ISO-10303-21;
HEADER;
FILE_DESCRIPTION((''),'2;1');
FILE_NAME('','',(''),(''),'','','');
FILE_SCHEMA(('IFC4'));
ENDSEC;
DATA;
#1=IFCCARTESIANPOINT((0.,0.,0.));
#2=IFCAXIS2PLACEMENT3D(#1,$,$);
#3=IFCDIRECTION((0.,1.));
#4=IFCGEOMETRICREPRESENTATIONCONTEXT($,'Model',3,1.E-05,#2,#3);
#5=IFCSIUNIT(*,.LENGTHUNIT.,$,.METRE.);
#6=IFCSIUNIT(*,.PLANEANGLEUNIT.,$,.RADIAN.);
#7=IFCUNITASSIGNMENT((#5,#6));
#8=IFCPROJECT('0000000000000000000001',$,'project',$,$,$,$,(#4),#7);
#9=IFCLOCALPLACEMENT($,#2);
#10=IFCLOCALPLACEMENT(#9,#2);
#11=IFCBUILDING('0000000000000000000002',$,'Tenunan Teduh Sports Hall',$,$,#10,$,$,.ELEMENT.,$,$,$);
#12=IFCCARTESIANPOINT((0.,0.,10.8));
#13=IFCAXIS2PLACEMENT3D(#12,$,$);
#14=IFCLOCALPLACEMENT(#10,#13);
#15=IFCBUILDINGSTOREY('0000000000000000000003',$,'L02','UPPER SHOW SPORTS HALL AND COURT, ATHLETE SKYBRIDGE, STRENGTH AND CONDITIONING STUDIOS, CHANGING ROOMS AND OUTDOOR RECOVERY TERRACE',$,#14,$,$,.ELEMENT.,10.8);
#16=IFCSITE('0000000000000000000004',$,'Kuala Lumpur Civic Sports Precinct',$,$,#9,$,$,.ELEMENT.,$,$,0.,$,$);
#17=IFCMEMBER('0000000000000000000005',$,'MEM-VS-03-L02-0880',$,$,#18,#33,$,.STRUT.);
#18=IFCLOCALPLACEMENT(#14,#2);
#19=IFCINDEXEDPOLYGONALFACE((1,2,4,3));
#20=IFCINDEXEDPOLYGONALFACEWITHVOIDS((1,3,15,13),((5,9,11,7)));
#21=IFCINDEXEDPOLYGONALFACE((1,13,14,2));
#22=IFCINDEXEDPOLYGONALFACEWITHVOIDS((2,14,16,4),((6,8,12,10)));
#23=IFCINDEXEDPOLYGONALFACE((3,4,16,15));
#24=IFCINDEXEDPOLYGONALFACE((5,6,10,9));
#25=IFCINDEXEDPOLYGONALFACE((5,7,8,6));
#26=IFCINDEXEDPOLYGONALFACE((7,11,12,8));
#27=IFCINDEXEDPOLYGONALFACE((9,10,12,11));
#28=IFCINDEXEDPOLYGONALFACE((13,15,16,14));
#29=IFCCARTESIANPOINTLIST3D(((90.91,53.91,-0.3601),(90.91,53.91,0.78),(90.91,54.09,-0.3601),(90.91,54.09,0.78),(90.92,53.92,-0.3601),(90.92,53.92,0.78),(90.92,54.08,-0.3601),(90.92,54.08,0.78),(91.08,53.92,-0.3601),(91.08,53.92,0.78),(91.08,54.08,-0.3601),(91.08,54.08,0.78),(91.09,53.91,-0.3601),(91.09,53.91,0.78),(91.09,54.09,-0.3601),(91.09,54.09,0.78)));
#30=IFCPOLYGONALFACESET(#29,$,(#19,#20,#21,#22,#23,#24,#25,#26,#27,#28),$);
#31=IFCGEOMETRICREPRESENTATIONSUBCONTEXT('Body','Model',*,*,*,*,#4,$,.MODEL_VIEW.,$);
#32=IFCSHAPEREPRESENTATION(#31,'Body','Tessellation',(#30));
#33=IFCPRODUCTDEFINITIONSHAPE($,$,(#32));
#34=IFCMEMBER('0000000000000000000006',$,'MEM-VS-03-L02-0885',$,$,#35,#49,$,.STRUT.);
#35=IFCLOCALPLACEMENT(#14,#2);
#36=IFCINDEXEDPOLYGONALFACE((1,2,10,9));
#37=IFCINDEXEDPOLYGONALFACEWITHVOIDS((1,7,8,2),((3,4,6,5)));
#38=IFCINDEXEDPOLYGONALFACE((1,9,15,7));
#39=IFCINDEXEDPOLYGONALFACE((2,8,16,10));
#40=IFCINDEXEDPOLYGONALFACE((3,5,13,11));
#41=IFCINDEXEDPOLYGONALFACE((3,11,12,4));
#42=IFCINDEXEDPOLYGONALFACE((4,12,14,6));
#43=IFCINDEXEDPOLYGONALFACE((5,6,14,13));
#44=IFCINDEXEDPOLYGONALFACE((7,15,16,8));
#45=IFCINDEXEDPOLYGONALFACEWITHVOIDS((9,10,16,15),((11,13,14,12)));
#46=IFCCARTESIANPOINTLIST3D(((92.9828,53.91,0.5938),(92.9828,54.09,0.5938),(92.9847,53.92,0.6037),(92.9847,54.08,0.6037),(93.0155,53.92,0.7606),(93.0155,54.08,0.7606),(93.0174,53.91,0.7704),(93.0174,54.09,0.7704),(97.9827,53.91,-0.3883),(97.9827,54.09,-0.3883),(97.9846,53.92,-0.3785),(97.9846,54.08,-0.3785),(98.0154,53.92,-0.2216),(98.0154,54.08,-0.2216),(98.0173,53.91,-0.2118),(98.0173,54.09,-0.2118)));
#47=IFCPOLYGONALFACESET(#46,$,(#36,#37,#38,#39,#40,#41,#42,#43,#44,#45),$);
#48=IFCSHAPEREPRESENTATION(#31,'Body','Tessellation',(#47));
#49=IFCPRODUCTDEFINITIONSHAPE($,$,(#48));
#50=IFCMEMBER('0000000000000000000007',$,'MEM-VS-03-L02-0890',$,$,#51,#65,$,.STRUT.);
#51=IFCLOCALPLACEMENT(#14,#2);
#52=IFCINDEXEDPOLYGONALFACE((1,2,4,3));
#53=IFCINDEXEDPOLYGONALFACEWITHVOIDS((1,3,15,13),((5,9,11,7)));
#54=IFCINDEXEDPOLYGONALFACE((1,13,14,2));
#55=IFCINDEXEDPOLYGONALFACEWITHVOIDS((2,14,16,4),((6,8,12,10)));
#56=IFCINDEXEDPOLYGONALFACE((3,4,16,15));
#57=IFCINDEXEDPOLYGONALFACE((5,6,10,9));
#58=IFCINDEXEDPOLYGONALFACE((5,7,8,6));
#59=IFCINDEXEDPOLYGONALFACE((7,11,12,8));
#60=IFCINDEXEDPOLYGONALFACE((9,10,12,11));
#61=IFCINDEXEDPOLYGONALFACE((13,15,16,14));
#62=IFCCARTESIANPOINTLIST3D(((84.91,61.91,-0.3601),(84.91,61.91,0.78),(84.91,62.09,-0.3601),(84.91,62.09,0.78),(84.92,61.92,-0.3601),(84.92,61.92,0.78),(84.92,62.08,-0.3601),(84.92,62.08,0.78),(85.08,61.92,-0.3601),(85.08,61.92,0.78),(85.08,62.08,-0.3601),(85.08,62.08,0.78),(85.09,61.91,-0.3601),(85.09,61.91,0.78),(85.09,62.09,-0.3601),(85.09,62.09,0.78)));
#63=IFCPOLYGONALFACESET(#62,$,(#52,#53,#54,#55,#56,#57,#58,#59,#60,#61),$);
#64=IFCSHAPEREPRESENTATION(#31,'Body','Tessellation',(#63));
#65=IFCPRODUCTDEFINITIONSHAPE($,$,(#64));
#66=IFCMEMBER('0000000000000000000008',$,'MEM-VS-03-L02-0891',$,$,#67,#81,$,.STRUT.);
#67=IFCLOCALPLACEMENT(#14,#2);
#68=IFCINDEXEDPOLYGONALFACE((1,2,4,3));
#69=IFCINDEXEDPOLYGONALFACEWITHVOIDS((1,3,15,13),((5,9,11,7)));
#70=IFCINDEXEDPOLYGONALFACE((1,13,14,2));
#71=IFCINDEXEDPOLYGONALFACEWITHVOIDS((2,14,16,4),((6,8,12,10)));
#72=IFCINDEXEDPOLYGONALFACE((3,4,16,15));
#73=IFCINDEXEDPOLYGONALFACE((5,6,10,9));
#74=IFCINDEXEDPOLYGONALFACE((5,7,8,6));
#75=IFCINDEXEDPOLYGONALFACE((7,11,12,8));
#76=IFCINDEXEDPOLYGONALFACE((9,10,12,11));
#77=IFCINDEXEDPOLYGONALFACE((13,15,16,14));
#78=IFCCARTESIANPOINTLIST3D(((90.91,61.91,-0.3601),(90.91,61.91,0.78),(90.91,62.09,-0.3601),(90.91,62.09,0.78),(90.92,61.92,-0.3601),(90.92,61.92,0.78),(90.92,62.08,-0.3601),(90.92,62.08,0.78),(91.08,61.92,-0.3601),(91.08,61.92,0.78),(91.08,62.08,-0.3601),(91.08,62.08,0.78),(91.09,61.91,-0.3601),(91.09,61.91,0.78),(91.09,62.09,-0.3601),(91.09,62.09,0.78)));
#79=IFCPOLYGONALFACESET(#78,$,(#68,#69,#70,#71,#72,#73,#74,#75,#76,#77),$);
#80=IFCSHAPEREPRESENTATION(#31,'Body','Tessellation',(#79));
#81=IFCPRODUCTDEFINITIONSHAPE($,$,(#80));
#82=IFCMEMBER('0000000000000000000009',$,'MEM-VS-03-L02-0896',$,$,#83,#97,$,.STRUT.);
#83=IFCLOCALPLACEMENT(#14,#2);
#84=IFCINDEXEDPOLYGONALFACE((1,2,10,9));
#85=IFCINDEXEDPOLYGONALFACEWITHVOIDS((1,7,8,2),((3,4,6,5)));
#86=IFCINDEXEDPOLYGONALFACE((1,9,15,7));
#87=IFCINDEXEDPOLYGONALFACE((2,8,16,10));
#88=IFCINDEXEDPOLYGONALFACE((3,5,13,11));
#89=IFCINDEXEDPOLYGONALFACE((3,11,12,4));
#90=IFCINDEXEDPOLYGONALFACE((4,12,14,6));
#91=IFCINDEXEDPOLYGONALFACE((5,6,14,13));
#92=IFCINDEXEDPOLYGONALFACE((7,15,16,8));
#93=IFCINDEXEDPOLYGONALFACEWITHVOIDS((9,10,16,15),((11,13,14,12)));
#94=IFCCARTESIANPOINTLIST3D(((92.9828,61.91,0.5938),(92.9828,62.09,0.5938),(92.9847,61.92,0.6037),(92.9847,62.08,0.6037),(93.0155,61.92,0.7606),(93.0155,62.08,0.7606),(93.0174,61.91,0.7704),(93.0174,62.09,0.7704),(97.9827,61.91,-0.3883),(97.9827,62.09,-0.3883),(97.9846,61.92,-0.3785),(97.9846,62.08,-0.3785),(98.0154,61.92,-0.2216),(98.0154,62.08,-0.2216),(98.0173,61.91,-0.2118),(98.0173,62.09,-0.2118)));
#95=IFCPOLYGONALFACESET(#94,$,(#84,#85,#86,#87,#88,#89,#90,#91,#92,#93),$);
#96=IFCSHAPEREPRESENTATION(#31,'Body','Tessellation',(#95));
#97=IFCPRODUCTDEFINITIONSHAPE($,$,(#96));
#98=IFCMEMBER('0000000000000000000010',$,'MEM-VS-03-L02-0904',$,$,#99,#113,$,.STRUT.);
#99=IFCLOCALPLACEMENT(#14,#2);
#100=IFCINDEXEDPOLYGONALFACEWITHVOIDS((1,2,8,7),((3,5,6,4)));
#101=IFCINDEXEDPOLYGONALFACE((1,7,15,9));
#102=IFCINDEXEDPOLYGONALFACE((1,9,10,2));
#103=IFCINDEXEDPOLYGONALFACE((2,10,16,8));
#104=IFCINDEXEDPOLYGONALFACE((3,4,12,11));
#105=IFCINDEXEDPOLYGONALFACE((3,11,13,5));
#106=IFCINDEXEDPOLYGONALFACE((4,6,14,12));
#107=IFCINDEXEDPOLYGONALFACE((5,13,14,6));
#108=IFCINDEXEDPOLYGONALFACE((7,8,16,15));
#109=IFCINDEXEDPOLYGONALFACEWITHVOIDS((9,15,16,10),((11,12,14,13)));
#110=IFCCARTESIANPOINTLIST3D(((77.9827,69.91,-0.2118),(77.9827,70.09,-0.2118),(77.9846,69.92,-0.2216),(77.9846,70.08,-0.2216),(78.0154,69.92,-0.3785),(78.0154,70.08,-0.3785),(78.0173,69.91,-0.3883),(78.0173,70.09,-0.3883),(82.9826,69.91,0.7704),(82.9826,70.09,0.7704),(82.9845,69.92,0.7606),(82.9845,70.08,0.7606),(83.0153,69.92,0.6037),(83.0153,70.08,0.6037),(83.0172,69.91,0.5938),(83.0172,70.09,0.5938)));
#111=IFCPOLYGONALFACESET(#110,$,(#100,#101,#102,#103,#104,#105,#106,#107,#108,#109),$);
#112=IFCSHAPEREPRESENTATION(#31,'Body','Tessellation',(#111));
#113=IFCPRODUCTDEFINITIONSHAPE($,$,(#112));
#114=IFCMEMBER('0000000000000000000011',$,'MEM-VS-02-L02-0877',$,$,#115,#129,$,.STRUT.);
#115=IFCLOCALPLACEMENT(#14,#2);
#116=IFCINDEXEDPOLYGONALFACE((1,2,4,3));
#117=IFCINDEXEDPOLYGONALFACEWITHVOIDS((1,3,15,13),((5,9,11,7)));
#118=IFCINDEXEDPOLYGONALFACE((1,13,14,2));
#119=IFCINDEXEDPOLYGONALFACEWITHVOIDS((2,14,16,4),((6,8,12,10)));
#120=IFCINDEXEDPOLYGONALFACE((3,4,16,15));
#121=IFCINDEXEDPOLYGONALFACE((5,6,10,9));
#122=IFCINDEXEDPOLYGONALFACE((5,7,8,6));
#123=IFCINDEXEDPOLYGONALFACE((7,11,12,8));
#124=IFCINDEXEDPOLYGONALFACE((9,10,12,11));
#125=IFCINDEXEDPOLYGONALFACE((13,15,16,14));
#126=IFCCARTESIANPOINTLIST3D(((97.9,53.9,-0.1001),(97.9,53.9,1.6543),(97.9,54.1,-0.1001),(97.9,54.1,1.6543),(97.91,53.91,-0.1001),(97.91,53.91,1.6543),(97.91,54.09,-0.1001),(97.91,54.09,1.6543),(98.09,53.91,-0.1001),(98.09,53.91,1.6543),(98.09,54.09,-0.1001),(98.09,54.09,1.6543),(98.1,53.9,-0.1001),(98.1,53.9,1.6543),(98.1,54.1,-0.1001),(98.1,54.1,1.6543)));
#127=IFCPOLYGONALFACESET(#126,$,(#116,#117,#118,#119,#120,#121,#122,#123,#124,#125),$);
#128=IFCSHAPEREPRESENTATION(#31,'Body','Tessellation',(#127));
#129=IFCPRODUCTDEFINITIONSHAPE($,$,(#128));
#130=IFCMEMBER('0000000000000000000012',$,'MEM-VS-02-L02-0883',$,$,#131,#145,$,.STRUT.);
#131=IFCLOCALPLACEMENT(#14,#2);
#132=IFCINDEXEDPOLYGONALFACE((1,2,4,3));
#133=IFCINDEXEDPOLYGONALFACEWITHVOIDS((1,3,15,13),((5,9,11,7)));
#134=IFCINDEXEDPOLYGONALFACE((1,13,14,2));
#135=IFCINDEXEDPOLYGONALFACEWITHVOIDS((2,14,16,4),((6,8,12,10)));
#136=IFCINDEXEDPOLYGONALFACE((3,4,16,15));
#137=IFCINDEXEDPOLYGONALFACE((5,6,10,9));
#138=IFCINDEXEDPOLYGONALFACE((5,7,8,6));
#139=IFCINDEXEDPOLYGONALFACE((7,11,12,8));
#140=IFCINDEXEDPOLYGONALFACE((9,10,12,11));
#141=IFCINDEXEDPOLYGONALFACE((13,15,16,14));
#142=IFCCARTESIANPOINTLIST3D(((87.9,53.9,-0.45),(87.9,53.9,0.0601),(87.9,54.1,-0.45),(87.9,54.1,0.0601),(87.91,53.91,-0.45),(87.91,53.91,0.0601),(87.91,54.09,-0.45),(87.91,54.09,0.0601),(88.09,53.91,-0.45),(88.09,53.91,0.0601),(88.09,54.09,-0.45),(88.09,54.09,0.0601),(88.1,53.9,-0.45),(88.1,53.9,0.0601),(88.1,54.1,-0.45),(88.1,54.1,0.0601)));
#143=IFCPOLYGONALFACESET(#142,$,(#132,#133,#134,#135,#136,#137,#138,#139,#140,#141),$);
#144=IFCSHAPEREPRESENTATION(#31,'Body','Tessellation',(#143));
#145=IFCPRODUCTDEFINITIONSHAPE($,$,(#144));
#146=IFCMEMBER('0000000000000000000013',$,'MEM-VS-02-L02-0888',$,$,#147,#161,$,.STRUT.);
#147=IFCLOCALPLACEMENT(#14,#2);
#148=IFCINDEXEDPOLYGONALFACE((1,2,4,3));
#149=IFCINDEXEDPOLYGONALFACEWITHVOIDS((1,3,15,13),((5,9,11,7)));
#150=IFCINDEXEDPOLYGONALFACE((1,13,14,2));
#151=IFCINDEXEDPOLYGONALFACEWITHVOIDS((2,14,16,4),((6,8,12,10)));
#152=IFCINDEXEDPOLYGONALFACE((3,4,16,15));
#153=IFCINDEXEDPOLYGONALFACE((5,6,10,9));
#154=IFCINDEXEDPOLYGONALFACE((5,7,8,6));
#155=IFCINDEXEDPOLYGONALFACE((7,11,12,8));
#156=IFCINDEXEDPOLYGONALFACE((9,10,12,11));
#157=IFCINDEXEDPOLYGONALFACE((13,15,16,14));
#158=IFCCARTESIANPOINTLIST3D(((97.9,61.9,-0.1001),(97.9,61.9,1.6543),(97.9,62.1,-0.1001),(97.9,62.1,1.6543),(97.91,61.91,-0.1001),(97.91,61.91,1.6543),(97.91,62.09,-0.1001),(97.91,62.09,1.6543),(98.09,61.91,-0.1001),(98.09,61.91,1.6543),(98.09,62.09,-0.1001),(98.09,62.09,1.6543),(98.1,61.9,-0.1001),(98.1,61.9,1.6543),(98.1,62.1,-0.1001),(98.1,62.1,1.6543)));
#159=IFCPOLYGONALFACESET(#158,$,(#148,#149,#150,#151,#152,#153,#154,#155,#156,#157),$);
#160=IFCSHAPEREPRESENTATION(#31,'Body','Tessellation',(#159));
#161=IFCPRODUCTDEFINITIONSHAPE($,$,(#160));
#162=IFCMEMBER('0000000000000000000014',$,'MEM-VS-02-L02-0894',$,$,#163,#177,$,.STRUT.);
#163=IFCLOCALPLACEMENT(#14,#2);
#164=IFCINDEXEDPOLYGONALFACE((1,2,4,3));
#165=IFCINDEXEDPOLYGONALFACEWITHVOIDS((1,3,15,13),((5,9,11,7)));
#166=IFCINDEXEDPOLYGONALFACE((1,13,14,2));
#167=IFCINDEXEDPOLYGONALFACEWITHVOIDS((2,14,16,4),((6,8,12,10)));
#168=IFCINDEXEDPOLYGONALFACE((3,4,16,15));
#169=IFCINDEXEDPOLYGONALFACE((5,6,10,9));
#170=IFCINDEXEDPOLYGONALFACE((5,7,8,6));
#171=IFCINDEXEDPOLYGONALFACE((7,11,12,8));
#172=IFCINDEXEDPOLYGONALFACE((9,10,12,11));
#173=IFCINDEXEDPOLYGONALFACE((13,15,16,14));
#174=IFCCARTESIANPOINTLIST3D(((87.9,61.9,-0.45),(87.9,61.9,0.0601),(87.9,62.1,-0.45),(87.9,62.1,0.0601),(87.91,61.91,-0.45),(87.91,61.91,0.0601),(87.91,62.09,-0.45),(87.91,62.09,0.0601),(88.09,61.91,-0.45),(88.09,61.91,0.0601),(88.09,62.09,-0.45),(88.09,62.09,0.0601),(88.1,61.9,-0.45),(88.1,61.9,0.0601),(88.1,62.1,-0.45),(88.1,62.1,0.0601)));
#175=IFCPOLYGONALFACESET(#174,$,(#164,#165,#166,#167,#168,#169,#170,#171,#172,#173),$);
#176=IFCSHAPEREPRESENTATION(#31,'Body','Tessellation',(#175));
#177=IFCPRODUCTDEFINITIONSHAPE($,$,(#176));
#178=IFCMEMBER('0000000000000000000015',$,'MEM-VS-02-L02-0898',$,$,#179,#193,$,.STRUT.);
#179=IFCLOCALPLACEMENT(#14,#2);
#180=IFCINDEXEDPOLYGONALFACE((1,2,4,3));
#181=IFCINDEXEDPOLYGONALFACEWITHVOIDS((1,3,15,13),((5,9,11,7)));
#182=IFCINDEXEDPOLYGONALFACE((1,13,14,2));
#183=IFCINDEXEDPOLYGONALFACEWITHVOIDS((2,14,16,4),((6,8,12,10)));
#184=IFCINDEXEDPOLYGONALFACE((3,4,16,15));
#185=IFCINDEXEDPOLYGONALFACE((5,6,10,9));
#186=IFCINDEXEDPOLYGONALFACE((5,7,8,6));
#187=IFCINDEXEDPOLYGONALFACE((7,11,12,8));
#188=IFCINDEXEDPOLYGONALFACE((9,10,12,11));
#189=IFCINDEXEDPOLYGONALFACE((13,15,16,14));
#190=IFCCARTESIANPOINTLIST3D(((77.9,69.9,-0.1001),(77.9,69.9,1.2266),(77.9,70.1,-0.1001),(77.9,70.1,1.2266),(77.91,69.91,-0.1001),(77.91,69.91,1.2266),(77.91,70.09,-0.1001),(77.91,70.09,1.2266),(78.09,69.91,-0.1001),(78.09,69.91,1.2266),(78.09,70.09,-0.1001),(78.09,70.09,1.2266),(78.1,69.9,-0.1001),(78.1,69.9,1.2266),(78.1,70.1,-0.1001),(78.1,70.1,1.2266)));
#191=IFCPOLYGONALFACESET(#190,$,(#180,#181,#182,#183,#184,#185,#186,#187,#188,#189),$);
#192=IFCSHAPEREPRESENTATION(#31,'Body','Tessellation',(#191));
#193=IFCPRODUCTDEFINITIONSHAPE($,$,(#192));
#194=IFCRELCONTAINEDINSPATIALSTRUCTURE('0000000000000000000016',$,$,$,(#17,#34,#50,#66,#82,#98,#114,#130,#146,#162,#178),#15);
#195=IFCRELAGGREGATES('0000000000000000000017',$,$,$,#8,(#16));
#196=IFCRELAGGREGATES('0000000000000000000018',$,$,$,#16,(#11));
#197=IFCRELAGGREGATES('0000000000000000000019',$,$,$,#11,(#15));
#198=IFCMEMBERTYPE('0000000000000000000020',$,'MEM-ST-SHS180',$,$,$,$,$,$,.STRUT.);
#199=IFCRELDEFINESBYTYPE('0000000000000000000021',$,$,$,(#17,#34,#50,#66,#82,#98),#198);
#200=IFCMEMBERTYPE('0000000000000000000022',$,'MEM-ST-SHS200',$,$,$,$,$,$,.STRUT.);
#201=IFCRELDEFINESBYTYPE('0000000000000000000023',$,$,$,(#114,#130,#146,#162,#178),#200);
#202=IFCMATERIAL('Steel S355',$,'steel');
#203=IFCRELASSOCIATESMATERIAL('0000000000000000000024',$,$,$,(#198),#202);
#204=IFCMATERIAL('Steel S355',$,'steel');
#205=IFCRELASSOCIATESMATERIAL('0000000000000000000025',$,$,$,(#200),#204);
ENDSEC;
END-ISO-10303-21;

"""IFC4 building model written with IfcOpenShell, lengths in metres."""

from ifc_helpers import new_model, si_unit, direction, frame, origin, origin_2d, place, context, subcontext, project, spatial, hollow_rectangle, extrude, material, material_profile, profile_set, type_object, element, save


model = new_model("IFC4")

# Units and contexts
model_context = context("Model", 3, precision=1e-05, world=origin(), true_north=direction((0.0, 1.0)))
body_context = subcontext(model_context, "Body", "Model", "MODEL_VIEW")
ifc_project = project(units=[si_unit("LENGTHUNIT", "METRE"), si_unit("PLANEANGLEUNIT", "RADIAN")], contexts=[model_context])

# Site, building, storey
site_placement = place(None, origin())
site = spatial("IfcSite", under=ifc_project, at=site_placement, Name="Kuala Lumpur Civic Sports Precinct", CompositionType="ELEMENT", RefElevation=0.0)
building_placement = place(site_placement, origin())
building = spatial("IfcBuilding", under=site, at=building_placement, Name="Tenunan Teduh Sports Hall", CompositionType="ELEMENT")
storey_placement = place(building_placement, frame((0.0, 0.0, 10.8)))
storey = spatial("IfcBuildingStorey", under=building, at=storey_placement, Name="L02", Description="UPPER SHOW SPORTS HALL AND COURT, ATHLETE SKYBRIDGE, STRENGTH AND CONDITIONING STUDIOS, CHANGING ROOMS AND OUTDOOR RECOVERY TERRACE", CompositionType="ELEMENT", Elevation=10.8)

# Members
ifc_material_1 = material(Name="Steel S355", Category="steel")
ifc_material_profile_1 = material_profile(ifc_material_1, hollow_rectangle(XDim=0.1799, YDim=0.1799, WallThickness=0.01, at=origin_2d()), Name="SHS 180x180x10.0")
ifc_profile_set_1 = profile_set([ifc_material_profile_1], Name="Steel S355")
member_type_1 = type_object("IfcMemberType", Name="MEM-ST-SHS180", PredefinedType="STRUT", material=ifc_profile_set_1)
member_1_placement = place(storey_placement, frame((91.0, 54.0, -0.3601), z_axis=(0.0, 0.0, 1.0), x_axis=(1.0, 0.0, 0.0)))
element("IfcMember", 1, at=member_1_placement, inside=storey, type_object=member_type_1, Name="MEM-VS-03-L02-0880", PredefinedType="STRUT", context=body_context, shape_type="SweptSolid", body=[
    extrude(hollow_rectangle(XDim=0.1799, YDim=0.1799, WallThickness=0.01, at=origin_2d()), origin(), (0.0, 0.0, 1.0), 1.1401),
])
member_2_placement = place(storey_placement, frame((98.0, 54.0, -0.3), z_axis=(-0.981248, 0.0, 0.192752), x_axis=(0.0, -1.0, 0.0)))
element("IfcMember", 2, at=member_2_placement, inside=storey, type_object=member_type_1, Name="MEM-VS-03-L02-0885", PredefinedType="STRUT", context=body_context, shape_type="SweptSolid", body=[
    extrude(hollow_rectangle(XDim=0.1799, YDim=0.1799, WallThickness=0.01, at=origin_2d()), origin(), (0.0, 0.0, 1.0), 5.0955),
])
for number, where, z_axis, x_axis, name in (
    (3, (85.0, 62.0, -0.3601), (0.0, 0.0, 1.0), (1.0, 0.0, 0.0), "MEM-VS-03-L02-0890"),
    (4, (91.0, 62.0, -0.3601), (0.0, 0.0, 1.0), (1.0, 0.0, 0.0), "MEM-VS-03-L02-0891"),
):
    element("IfcMember", number, at=place(storey_placement, frame(where, z_axis=z_axis, x_axis=x_axis)), inside=storey, type_object=member_type_1, Name=name, PredefinedType="STRUT", context=body_context, shape_type="SweptSolid", body=[
        extrude(hollow_rectangle(XDim=0.1799, YDim=0.1799, WallThickness=0.01, at=origin_2d()), origin(), (0.0, 0.0, 1.0), 1.1401),
    ])
for number, where, z_axis, x_axis, name in (
    (5, (98.0, 62.0, -0.3), (-0.981248, 0.0, 0.192752), (0.0, -1.0, 0.0), "MEM-VS-03-L02-0896"),
    (6, (78.0, 70.0, -0.3), (0.981248, 0.0, 0.192752), (0.0, 1.0, 0.0), "MEM-VS-03-L02-0904"),
):
    element("IfcMember", number, at=place(storey_placement, frame(where, z_axis=z_axis, x_axis=x_axis)), inside=storey, type_object=member_type_1, Name=name, PredefinedType="STRUT", context=body_context, shape_type="SweptSolid", body=[
        extrude(hollow_rectangle(XDim=0.1799, YDim=0.1799, WallThickness=0.01, at=origin_2d()), origin(), (0.0, 0.0, 1.0), 5.0955),
    ])
ifc_material_2 = material(Name="Steel S355", Category="steel")
ifc_material_profile_2 = material_profile(ifc_material_2, hollow_rectangle(XDim=0.2, YDim=0.2, WallThickness=0.01, at=origin_2d()), Name="SHS 200x200x10.0")
ifc_profile_set_2 = profile_set([ifc_material_profile_2], Name="Steel S355")
member_type_2 = type_object("IfcMemberType", Name="MEM-ST-SHS200", PredefinedType="STRUT", material=ifc_profile_set_2)
member_3_placement = place(storey_placement, frame((98.0, 54.0, -0.1001), z_axis=(0.0, 0.0, 1.0), x_axis=(1.0, 0.0, 0.0)))
element("IfcMember", 7, at=member_3_placement, inside=storey, type_object=member_type_2, Name="MEM-VS-02-L02-0877", PredefinedType="STRUT", context=body_context, shape_type="SweptSolid", body=[
    extrude(hollow_rectangle(XDim=0.2, YDim=0.2, WallThickness=0.01, at=origin_2d()), origin(), (0.0, 0.0, 1.0), 1.7544),
])
member_4_placement = place(storey_placement, frame((88.0, 54.0, -0.45), z_axis=(0.0, 0.0, 1.0), x_axis=(1.0, 0.0, 0.0)))
element("IfcMember", 8, at=member_4_placement, inside=storey, type_object=member_type_2, Name="MEM-VS-02-L02-0883", PredefinedType="STRUT", context=body_context, shape_type="SweptSolid", body=[
    extrude(hollow_rectangle(XDim=0.2, YDim=0.2, WallThickness=0.01, at=origin_2d()), origin(), (0.0, 0.0, 1.0), 0.51),
])
member_5_placement = place(storey_placement, frame((98.0, 62.0, -0.1001), z_axis=(0.0, 0.0, 1.0), x_axis=(1.0, 0.0, 0.0)))
element("IfcMember", 9, at=member_5_placement, inside=storey, type_object=member_type_2, Name="MEM-VS-02-L02-0888", PredefinedType="STRUT", context=body_context, shape_type="SweptSolid", body=[
    extrude(hollow_rectangle(XDim=0.2, YDim=0.2, WallThickness=0.01, at=origin_2d()), origin(), (0.0, 0.0, 1.0), 1.7544),
])
member_6_placement = place(storey_placement, frame((88.0, 62.0, -0.45), z_axis=(0.0, 0.0, 1.0), x_axis=(1.0, 0.0, 0.0)))
element("IfcMember", 10, at=member_6_placement, inside=storey, type_object=member_type_2, Name="MEM-VS-02-L02-0894", PredefinedType="STRUT", context=body_context, shape_type="SweptSolid", body=[
    extrude(hollow_rectangle(XDim=0.2, YDim=0.2, WallThickness=0.01, at=origin_2d()), origin(), (0.0, 0.0, 1.0), 0.51),
])
member_7_placement = place(storey_placement, frame((78.0, 70.0, -0.1001), z_axis=(0.0, 0.0, 1.0), x_axis=(1.0, 0.0, 0.0)))
element("IfcMember", 11, at=member_7_placement, inside=storey, type_object=member_type_2, Name="MEM-VS-02-L02-0898", PredefinedType="STRUT", context=body_context, shape_type="SweptSolid", body=[
    extrude(hollow_rectangle(XDim=0.2, YDim=0.2, WallThickness=0.01, at=origin_2d()), origin(), (0.0, 0.0, 1.0), 1.3267),
])

save(model, "model.ifc")
